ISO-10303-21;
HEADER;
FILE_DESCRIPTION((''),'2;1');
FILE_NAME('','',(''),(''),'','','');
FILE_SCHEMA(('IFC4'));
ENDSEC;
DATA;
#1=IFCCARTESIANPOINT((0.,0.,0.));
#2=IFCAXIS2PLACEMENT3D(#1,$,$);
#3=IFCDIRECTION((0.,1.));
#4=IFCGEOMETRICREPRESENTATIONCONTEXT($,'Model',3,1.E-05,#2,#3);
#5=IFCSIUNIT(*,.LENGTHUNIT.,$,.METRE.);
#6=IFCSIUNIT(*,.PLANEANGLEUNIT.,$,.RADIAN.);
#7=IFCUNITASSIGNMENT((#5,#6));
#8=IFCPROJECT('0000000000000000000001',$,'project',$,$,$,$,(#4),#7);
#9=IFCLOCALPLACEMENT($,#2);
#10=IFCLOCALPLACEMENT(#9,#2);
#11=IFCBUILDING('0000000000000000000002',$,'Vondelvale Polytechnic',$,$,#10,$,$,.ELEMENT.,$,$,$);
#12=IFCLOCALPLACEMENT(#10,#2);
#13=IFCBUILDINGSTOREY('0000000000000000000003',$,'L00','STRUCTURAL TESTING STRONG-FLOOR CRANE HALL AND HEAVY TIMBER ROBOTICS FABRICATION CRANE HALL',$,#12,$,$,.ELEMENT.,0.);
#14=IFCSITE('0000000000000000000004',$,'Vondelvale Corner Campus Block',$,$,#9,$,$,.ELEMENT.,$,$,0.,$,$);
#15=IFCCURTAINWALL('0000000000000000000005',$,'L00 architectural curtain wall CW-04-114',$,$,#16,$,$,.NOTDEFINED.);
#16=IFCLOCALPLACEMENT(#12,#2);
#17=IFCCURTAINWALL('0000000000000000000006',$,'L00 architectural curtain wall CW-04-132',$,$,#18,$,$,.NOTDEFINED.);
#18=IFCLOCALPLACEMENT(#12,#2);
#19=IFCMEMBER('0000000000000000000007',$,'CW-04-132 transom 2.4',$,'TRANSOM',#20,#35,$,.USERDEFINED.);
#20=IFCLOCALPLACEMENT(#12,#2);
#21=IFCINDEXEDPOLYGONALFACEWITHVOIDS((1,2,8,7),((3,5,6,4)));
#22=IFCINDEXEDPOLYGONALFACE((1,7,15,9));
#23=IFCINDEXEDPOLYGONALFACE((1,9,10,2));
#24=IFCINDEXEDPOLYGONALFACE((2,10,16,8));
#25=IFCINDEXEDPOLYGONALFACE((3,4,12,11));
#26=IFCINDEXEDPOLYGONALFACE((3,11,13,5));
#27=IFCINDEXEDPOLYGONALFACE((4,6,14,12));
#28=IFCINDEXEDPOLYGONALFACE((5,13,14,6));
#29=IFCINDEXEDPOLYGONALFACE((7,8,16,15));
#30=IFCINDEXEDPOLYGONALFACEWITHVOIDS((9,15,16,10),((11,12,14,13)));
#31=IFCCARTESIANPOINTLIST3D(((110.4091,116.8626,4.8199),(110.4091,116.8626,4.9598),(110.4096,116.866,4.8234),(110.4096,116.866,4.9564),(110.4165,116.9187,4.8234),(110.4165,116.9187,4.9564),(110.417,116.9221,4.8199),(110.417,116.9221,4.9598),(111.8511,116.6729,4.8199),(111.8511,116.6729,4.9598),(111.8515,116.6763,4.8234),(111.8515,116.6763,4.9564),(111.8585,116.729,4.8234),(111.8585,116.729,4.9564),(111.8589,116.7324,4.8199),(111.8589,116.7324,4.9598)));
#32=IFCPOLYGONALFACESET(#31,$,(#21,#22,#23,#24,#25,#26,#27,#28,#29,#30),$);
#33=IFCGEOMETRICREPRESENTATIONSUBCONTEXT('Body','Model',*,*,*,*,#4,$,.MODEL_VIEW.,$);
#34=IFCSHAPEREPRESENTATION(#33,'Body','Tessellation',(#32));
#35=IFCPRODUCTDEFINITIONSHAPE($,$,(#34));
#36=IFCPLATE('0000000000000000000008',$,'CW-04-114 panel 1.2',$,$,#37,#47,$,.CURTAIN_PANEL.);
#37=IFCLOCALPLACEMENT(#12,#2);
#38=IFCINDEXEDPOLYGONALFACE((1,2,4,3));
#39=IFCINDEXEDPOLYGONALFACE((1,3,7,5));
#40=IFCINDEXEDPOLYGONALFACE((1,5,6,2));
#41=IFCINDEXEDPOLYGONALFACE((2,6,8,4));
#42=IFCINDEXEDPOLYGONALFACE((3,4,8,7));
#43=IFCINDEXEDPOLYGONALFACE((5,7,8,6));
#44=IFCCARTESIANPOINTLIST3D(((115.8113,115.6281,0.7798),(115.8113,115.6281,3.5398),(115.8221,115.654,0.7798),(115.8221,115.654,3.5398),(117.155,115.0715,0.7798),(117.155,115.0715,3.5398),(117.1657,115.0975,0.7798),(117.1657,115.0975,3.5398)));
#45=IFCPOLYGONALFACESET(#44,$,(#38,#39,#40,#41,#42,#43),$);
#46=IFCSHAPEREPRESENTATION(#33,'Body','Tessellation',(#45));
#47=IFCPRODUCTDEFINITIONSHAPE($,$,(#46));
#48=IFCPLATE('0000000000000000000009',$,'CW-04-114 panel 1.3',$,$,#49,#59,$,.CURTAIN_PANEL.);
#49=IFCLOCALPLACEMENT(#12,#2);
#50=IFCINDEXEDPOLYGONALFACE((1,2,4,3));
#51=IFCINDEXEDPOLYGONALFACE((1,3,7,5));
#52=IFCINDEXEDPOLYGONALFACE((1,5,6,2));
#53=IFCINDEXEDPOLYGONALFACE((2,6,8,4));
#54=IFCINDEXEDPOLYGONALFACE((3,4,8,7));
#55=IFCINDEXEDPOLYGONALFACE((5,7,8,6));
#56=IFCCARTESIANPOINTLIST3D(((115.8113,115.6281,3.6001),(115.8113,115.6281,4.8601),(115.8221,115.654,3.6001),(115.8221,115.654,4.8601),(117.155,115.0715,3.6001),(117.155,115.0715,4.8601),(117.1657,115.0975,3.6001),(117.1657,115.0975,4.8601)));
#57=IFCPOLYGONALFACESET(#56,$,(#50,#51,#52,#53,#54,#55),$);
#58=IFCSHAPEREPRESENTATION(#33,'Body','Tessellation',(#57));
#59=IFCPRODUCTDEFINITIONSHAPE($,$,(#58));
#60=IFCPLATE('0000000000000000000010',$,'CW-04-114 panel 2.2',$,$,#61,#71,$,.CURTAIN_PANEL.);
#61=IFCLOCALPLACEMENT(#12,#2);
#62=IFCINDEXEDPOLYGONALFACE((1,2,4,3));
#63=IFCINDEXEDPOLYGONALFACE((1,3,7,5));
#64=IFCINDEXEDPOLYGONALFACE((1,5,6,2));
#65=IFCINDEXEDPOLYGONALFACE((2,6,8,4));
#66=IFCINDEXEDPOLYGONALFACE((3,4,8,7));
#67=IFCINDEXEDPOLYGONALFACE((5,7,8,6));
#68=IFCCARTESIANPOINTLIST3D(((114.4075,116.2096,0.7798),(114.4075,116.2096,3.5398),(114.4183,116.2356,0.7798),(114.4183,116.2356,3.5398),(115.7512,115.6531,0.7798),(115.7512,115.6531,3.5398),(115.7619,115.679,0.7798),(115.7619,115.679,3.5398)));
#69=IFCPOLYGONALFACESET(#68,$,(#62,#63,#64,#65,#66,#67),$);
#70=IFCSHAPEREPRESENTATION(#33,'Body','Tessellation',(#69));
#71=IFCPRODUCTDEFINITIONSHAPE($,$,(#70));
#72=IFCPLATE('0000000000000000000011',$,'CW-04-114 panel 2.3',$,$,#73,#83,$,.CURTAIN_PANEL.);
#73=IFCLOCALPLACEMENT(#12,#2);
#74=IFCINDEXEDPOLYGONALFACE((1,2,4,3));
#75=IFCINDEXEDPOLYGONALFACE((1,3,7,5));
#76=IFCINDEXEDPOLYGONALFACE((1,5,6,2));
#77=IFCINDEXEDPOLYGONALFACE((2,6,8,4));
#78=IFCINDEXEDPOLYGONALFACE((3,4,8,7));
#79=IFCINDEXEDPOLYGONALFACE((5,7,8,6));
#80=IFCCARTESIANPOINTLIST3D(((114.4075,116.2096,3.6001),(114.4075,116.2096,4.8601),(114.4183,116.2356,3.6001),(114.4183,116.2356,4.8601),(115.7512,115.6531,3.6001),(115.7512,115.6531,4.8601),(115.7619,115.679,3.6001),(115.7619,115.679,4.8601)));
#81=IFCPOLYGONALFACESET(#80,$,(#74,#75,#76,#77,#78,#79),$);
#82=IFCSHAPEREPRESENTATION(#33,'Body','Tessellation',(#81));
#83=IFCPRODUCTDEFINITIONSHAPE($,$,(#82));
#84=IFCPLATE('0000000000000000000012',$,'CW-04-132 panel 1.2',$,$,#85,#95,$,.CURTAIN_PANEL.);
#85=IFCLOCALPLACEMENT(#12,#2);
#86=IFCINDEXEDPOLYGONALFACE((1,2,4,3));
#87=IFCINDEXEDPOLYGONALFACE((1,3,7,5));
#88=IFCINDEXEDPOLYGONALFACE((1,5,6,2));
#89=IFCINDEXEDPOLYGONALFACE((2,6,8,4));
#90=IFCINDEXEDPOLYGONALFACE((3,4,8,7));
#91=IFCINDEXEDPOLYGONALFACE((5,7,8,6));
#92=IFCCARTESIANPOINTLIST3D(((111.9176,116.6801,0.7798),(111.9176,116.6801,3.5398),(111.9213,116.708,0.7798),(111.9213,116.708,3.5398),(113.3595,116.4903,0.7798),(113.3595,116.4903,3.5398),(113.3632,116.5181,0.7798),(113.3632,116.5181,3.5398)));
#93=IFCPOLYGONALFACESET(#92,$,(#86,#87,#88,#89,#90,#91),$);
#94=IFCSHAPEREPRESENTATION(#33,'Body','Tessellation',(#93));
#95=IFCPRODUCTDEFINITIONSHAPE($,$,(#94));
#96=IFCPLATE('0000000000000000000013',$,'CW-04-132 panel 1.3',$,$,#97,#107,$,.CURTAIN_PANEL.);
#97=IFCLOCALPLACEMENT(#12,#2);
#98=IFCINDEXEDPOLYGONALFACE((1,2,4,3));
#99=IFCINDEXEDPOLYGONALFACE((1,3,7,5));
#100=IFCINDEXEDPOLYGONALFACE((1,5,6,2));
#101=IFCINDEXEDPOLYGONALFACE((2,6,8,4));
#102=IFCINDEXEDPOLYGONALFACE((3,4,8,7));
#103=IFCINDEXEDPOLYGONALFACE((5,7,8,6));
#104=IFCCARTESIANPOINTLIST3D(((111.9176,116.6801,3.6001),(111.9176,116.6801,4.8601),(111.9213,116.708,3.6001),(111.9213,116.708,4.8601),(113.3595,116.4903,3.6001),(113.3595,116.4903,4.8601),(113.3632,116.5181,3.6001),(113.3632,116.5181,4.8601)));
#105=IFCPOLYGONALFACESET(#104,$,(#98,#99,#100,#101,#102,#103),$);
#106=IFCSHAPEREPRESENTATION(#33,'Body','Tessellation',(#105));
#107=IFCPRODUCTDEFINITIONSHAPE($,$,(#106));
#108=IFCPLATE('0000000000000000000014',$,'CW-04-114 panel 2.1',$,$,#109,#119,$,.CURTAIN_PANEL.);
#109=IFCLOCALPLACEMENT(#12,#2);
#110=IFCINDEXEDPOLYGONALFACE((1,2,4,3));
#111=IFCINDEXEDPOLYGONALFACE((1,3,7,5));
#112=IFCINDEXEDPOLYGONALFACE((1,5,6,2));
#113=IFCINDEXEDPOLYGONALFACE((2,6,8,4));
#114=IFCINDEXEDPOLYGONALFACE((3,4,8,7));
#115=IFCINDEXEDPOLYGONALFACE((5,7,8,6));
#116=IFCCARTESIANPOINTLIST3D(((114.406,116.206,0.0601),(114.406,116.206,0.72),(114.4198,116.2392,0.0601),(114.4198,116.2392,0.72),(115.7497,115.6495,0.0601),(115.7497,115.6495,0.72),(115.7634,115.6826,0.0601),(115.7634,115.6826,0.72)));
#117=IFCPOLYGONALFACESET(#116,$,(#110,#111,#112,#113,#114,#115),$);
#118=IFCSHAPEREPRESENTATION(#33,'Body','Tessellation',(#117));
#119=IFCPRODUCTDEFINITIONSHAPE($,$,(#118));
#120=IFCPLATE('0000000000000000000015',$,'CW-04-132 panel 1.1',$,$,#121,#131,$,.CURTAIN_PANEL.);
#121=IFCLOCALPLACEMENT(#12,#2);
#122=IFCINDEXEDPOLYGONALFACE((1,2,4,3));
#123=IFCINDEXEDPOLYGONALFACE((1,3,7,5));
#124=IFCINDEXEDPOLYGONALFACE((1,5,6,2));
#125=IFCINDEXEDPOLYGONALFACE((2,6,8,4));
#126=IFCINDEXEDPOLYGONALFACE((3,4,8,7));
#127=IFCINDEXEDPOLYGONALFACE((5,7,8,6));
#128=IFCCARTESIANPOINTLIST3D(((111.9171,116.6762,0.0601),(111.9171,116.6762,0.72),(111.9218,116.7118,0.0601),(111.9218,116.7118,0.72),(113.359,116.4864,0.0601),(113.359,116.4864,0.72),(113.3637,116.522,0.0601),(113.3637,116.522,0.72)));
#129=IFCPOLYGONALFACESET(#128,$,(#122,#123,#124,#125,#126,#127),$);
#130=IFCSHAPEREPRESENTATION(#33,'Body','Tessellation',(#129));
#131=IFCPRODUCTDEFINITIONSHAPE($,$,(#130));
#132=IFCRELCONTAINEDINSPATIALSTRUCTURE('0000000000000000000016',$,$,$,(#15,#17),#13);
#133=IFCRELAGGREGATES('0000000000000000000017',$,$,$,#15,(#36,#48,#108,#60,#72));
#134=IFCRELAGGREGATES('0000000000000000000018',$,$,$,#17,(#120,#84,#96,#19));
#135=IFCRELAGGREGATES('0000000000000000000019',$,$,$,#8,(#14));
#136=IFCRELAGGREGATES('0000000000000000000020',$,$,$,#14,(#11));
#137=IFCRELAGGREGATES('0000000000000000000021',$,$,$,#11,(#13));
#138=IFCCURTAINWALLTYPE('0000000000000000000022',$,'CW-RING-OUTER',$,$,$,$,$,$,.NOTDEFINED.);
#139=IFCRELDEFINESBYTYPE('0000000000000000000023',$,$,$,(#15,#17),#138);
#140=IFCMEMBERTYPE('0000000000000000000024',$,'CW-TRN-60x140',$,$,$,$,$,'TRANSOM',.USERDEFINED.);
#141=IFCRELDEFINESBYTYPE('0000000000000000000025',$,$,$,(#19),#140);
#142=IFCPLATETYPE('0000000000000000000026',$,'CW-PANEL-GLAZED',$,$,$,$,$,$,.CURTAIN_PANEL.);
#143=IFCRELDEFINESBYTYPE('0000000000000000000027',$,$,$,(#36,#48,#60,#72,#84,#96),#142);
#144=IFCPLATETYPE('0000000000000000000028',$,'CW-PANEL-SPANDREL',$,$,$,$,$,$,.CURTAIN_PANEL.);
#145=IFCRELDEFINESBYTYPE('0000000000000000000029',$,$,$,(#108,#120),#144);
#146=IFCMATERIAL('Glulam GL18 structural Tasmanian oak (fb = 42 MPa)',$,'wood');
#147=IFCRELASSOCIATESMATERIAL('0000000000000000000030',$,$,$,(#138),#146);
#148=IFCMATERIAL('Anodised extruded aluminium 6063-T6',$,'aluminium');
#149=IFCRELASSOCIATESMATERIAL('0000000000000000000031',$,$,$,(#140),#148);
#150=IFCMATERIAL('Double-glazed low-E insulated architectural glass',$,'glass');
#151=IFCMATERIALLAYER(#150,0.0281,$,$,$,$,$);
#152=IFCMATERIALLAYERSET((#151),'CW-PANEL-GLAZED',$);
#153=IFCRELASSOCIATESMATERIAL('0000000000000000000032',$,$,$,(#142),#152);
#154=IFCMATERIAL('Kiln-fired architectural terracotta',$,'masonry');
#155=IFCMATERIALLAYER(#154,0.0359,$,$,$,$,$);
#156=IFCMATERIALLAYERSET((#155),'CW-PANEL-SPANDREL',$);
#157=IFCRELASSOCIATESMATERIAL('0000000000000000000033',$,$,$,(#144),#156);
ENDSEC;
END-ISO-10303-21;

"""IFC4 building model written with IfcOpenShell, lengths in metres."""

from ifc_helpers import new_model, si_unit, direction, frame, origin, origin_2d, place, context, subcontext, project, spatial, rectangle, hollow_rectangle, extrude, material, layer, layer_set, material_profile, profile_set, type_object, element, aggregate, save


model = new_model("IFC4")

# Units and contexts
model_context = context("Model", 3, precision=1e-05, world=origin(), true_north=direction((0.0, 1.0)))
body_context = subcontext(model_context, "Body", "Model", "MODEL_VIEW")
ifc_project = project(units=[si_unit("LENGTHUNIT", "METRE"), si_unit("PLANEANGLEUNIT", "RADIAN")], contexts=[model_context])

# Site, building, storey
site_placement = place(None, origin())
site = spatial("IfcSite", under=ifc_project, at=site_placement, Name="Vondelvale Corner Campus Block", CompositionType="ELEMENT", RefElevation=0.0)
building_placement = place(site_placement, origin())
building = spatial("IfcBuilding", under=site, at=building_placement, Name="Vondelvale Polytechnic", CompositionType="ELEMENT")
storey_placement = place(building_placement, origin())
storey = spatial("IfcBuildingStorey", under=building, at=storey_placement, Name="L00", Description="STRUCTURAL TESTING STRONG-FLOOR CRANE HALL AND HEAVY TIMBER ROBOTICS FABRICATION CRANE HALL", CompositionType="ELEMENT", Elevation=0.0)

# Curtain walls
ifc_material_1 = material(Name="Glulam GL18 structural Tasmanian oak (fb = 42 MPa)", Category="wood")
curtain_wall_type = type_object("IfcCurtainWallType", Name="CW-RING-OUTER", PredefinedType="NOTDEFINED", material=ifc_material_1)
curtain_wall_1_placement = place(storey_placement, origin())
curtain_wall_1 = element("IfcCurtainWall", 1, at=curtain_wall_1_placement, inside=storey, type_object=curtain_wall_type, Name="L00 architectural curtain wall CW-04-114", PredefinedType="NOTDEFINED")
ifc_material_2 = material(Name="Anodised extruded aluminium 6063-T6", Category="aluminium")
curtain_wall_2_placement = place(storey_placement, origin())
curtain_wall_2 = element("IfcCurtainWall", 2, at=curtain_wall_2_placement, inside=storey, type_object=curtain_wall_type, Name="L00 architectural curtain wall CW-04-132", PredefinedType="NOTDEFINED")

# Member
ifc_material_profile_1 = material_profile(ifc_material_2, hollow_rectangle(XDim=0.0601, YDim=0.1399, WallThickness=0.0034, at=origin_2d()), Name="CW-TRN-140x60")
ifc_profile_set_1 = profile_set([ifc_material_profile_1], Name="Anodised extruded aluminium 6063-T6")
member_type_1 = type_object("IfcMemberType", Name="CW-TRN-60x140", ElementType="TRANSOM", PredefinedType="USERDEFINED", material=ifc_profile_set_1)
member_1_placement = place(storey_placement, frame((111.855, 116.7026, 4.8899), z_axis=(-0.991457, 0.130437, 0.0), x_axis=(-0.130437, -0.991457, 0.0)))
member_1 = element("IfcMember", 3, at=member_1_placement, type_object=member_type_1, Name="CW-04-132 transom 2.4", ObjectType="TRANSOM", PredefinedType="USERDEFINED", context=body_context, shape_type="SweptSolid", body=[
    extrude(hollow_rectangle(XDim=0.0601, YDim=0.1399, WallThickness=0.0034, at=origin_2d()), origin(), (0.0, 0.0, 1.0), 1.4543),
])

# Plates
ifc_material_3 = material(Name="Double-glazed low-E insulated architectural glass", Category="glass")
ifc_layer_1 = layer(ifc_material_3, 0.0281)
ifc_layer_set_1 = layer_set([ifc_layer_1], Name="CW-PANEL-GLAZED")
plate_type_1 = type_object("IfcPlateType", Name="CW-PANEL-GLAZED", PredefinedType="CURTAIN_PANEL", material=ifc_layer_set_1)
plate_1_placement = place(storey_placement, frame((116.4885, 115.3628, 0.7798), z_axis=(0.0, 0.0, 1.0), x_axis=(-0.923881, 0.382679, 0.0)))
plate_1 = element("IfcPlate", 4, at=plate_1_placement, type_object=plate_type_1, Name="CW-04-114 panel 1.2", PredefinedType="CURTAIN_PANEL", context=body_context, shape_type="SweptSolid", body=[
    extrude(rectangle(XDim=1.4543, YDim=0.0281, at=origin_2d()), origin(), (0.0, 0.0, 1.0), 2.76),
])
plate_2_placement = place(storey_placement, frame((116.4885, 115.3628, 3.6001), z_axis=(0.0, 0.0, 1.0), x_axis=(-0.923881, 0.382679, 0.0)))
plate_2 = element("IfcPlate", 5, at=plate_2_placement, type_object=plate_type_1, Name="CW-04-114 panel 1.3", PredefinedType="CURTAIN_PANEL", context=body_context, shape_type="SweptSolid", body=[
    extrude(rectangle(XDim=1.4543, YDim=0.0281, at=origin_2d()), origin(), (0.0, 0.0, 1.0), 1.26),
])
plate_3_placement = place(storey_placement, frame((115.0847, 115.9443, 0.7798), z_axis=(0.0, 0.0, 1.0), x_axis=(-0.923881, 0.382679, 0.0)))
plate_3 = element("IfcPlate", 6, at=plate_3_placement, type_object=plate_type_1, Name="CW-04-114 panel 2.2", PredefinedType="CURTAIN_PANEL", context=body_context, shape_type="SweptSolid", body=[
    extrude(rectangle(XDim=1.4543, YDim=0.0281, at=origin_2d()), origin(), (0.0, 0.0, 1.0), 2.76),
])
plate_4_placement = place(storey_placement, frame((115.0847, 115.9443, 3.6001), z_axis=(0.0, 0.0, 1.0), x_axis=(-0.923881, 0.382679, 0.0)))
plate_4 = element("IfcPlate", 7, at=plate_4_placement, type_object=plate_type_1, Name="CW-04-114 panel 2.3", PredefinedType="CURTAIN_PANEL", context=body_context, shape_type="SweptSolid", body=[
    extrude(rectangle(XDim=1.4543, YDim=0.0281, at=origin_2d()), origin(), (0.0, 0.0, 1.0), 1.26),
])
plate_5_placement = place(storey_placement, frame((112.6404, 116.5991, 0.7798), z_axis=(0.0, 0.0, 1.0), x_axis=(-0.991445, 0.130524, 0.0)))
plate_5 = element("IfcPlate", 8, at=plate_5_placement, type_object=plate_type_1, Name="CW-04-132 panel 1.2", PredefinedType="CURTAIN_PANEL", context=body_context, shape_type="SweptSolid", body=[
    extrude(rectangle(XDim=1.4543, YDim=0.0281, at=origin_2d()), origin(), (0.0, 0.0, 1.0), 2.76),
])
plate_6_placement = place(storey_placement, frame((112.6404, 116.5991, 3.6001), z_axis=(0.0, 0.0, 1.0), x_axis=(-0.991445, 0.130524, 0.0)))
plate_6 = element("IfcPlate", 9, at=plate_6_placement, type_object=plate_type_1, Name="CW-04-132 panel 1.3", PredefinedType="CURTAIN_PANEL", context=body_context, shape_type="SweptSolid", body=[
    extrude(rectangle(XDim=1.4543, YDim=0.0281, at=origin_2d()), origin(), (0.0, 0.0, 1.0), 1.26),
])
ifc_material_4 = material(Name="Kiln-fired architectural terracotta", Category="masonry")
ifc_layer_2 = layer(ifc_material_4, 0.0359)
ifc_layer_set_2 = layer_set([ifc_layer_2], Name="CW-PANEL-SPANDREL")
plate_type_2 = type_object("IfcPlateType", Name="CW-PANEL-SPANDREL", PredefinedType="CURTAIN_PANEL", material=ifc_layer_set_2)
plate_7_placement = place(storey_placement, frame((115.0847, 115.9443, 0.0601), z_axis=(0.0, 0.0, 1.0), x_axis=(-0.923881, 0.382679, 0.0)))
plate_7 = element("IfcPlate", 10, at=plate_7_placement, type_object=plate_type_2, Name="CW-04-114 panel 2.1", PredefinedType="CURTAIN_PANEL", context=body_context, shape_type="SweptSolid", body=[
    extrude(rectangle(XDim=1.4543, YDim=0.0359, at=origin_2d()), origin(), (0.0, 0.0, 1.0), 0.6599),
])
aggregate(curtain_wall_1, [plate_1, plate_2, plate_7, plate_3, plate_4])
plate_8_placement = place(storey_placement, frame((112.6404, 116.5991, 0.0601), z_axis=(0.0, 0.0, 1.0), x_axis=(-0.991445, 0.130524, 0.0)))
plate_8 = element("IfcPlate", 11, at=plate_8_placement, type_object=plate_type_2, Name="CW-04-132 panel 1.1", PredefinedType="CURTAIN_PANEL", context=body_context, shape_type="SweptSolid", body=[
    extrude(rectangle(XDim=1.4543, YDim=0.0359, at=origin_2d()), origin(), (0.0, 0.0, 1.0), 0.6599),
])
aggregate(curtain_wall_2, [plate_8, plate_5, plate_6, member_1])

save(model, "model.ifc")
